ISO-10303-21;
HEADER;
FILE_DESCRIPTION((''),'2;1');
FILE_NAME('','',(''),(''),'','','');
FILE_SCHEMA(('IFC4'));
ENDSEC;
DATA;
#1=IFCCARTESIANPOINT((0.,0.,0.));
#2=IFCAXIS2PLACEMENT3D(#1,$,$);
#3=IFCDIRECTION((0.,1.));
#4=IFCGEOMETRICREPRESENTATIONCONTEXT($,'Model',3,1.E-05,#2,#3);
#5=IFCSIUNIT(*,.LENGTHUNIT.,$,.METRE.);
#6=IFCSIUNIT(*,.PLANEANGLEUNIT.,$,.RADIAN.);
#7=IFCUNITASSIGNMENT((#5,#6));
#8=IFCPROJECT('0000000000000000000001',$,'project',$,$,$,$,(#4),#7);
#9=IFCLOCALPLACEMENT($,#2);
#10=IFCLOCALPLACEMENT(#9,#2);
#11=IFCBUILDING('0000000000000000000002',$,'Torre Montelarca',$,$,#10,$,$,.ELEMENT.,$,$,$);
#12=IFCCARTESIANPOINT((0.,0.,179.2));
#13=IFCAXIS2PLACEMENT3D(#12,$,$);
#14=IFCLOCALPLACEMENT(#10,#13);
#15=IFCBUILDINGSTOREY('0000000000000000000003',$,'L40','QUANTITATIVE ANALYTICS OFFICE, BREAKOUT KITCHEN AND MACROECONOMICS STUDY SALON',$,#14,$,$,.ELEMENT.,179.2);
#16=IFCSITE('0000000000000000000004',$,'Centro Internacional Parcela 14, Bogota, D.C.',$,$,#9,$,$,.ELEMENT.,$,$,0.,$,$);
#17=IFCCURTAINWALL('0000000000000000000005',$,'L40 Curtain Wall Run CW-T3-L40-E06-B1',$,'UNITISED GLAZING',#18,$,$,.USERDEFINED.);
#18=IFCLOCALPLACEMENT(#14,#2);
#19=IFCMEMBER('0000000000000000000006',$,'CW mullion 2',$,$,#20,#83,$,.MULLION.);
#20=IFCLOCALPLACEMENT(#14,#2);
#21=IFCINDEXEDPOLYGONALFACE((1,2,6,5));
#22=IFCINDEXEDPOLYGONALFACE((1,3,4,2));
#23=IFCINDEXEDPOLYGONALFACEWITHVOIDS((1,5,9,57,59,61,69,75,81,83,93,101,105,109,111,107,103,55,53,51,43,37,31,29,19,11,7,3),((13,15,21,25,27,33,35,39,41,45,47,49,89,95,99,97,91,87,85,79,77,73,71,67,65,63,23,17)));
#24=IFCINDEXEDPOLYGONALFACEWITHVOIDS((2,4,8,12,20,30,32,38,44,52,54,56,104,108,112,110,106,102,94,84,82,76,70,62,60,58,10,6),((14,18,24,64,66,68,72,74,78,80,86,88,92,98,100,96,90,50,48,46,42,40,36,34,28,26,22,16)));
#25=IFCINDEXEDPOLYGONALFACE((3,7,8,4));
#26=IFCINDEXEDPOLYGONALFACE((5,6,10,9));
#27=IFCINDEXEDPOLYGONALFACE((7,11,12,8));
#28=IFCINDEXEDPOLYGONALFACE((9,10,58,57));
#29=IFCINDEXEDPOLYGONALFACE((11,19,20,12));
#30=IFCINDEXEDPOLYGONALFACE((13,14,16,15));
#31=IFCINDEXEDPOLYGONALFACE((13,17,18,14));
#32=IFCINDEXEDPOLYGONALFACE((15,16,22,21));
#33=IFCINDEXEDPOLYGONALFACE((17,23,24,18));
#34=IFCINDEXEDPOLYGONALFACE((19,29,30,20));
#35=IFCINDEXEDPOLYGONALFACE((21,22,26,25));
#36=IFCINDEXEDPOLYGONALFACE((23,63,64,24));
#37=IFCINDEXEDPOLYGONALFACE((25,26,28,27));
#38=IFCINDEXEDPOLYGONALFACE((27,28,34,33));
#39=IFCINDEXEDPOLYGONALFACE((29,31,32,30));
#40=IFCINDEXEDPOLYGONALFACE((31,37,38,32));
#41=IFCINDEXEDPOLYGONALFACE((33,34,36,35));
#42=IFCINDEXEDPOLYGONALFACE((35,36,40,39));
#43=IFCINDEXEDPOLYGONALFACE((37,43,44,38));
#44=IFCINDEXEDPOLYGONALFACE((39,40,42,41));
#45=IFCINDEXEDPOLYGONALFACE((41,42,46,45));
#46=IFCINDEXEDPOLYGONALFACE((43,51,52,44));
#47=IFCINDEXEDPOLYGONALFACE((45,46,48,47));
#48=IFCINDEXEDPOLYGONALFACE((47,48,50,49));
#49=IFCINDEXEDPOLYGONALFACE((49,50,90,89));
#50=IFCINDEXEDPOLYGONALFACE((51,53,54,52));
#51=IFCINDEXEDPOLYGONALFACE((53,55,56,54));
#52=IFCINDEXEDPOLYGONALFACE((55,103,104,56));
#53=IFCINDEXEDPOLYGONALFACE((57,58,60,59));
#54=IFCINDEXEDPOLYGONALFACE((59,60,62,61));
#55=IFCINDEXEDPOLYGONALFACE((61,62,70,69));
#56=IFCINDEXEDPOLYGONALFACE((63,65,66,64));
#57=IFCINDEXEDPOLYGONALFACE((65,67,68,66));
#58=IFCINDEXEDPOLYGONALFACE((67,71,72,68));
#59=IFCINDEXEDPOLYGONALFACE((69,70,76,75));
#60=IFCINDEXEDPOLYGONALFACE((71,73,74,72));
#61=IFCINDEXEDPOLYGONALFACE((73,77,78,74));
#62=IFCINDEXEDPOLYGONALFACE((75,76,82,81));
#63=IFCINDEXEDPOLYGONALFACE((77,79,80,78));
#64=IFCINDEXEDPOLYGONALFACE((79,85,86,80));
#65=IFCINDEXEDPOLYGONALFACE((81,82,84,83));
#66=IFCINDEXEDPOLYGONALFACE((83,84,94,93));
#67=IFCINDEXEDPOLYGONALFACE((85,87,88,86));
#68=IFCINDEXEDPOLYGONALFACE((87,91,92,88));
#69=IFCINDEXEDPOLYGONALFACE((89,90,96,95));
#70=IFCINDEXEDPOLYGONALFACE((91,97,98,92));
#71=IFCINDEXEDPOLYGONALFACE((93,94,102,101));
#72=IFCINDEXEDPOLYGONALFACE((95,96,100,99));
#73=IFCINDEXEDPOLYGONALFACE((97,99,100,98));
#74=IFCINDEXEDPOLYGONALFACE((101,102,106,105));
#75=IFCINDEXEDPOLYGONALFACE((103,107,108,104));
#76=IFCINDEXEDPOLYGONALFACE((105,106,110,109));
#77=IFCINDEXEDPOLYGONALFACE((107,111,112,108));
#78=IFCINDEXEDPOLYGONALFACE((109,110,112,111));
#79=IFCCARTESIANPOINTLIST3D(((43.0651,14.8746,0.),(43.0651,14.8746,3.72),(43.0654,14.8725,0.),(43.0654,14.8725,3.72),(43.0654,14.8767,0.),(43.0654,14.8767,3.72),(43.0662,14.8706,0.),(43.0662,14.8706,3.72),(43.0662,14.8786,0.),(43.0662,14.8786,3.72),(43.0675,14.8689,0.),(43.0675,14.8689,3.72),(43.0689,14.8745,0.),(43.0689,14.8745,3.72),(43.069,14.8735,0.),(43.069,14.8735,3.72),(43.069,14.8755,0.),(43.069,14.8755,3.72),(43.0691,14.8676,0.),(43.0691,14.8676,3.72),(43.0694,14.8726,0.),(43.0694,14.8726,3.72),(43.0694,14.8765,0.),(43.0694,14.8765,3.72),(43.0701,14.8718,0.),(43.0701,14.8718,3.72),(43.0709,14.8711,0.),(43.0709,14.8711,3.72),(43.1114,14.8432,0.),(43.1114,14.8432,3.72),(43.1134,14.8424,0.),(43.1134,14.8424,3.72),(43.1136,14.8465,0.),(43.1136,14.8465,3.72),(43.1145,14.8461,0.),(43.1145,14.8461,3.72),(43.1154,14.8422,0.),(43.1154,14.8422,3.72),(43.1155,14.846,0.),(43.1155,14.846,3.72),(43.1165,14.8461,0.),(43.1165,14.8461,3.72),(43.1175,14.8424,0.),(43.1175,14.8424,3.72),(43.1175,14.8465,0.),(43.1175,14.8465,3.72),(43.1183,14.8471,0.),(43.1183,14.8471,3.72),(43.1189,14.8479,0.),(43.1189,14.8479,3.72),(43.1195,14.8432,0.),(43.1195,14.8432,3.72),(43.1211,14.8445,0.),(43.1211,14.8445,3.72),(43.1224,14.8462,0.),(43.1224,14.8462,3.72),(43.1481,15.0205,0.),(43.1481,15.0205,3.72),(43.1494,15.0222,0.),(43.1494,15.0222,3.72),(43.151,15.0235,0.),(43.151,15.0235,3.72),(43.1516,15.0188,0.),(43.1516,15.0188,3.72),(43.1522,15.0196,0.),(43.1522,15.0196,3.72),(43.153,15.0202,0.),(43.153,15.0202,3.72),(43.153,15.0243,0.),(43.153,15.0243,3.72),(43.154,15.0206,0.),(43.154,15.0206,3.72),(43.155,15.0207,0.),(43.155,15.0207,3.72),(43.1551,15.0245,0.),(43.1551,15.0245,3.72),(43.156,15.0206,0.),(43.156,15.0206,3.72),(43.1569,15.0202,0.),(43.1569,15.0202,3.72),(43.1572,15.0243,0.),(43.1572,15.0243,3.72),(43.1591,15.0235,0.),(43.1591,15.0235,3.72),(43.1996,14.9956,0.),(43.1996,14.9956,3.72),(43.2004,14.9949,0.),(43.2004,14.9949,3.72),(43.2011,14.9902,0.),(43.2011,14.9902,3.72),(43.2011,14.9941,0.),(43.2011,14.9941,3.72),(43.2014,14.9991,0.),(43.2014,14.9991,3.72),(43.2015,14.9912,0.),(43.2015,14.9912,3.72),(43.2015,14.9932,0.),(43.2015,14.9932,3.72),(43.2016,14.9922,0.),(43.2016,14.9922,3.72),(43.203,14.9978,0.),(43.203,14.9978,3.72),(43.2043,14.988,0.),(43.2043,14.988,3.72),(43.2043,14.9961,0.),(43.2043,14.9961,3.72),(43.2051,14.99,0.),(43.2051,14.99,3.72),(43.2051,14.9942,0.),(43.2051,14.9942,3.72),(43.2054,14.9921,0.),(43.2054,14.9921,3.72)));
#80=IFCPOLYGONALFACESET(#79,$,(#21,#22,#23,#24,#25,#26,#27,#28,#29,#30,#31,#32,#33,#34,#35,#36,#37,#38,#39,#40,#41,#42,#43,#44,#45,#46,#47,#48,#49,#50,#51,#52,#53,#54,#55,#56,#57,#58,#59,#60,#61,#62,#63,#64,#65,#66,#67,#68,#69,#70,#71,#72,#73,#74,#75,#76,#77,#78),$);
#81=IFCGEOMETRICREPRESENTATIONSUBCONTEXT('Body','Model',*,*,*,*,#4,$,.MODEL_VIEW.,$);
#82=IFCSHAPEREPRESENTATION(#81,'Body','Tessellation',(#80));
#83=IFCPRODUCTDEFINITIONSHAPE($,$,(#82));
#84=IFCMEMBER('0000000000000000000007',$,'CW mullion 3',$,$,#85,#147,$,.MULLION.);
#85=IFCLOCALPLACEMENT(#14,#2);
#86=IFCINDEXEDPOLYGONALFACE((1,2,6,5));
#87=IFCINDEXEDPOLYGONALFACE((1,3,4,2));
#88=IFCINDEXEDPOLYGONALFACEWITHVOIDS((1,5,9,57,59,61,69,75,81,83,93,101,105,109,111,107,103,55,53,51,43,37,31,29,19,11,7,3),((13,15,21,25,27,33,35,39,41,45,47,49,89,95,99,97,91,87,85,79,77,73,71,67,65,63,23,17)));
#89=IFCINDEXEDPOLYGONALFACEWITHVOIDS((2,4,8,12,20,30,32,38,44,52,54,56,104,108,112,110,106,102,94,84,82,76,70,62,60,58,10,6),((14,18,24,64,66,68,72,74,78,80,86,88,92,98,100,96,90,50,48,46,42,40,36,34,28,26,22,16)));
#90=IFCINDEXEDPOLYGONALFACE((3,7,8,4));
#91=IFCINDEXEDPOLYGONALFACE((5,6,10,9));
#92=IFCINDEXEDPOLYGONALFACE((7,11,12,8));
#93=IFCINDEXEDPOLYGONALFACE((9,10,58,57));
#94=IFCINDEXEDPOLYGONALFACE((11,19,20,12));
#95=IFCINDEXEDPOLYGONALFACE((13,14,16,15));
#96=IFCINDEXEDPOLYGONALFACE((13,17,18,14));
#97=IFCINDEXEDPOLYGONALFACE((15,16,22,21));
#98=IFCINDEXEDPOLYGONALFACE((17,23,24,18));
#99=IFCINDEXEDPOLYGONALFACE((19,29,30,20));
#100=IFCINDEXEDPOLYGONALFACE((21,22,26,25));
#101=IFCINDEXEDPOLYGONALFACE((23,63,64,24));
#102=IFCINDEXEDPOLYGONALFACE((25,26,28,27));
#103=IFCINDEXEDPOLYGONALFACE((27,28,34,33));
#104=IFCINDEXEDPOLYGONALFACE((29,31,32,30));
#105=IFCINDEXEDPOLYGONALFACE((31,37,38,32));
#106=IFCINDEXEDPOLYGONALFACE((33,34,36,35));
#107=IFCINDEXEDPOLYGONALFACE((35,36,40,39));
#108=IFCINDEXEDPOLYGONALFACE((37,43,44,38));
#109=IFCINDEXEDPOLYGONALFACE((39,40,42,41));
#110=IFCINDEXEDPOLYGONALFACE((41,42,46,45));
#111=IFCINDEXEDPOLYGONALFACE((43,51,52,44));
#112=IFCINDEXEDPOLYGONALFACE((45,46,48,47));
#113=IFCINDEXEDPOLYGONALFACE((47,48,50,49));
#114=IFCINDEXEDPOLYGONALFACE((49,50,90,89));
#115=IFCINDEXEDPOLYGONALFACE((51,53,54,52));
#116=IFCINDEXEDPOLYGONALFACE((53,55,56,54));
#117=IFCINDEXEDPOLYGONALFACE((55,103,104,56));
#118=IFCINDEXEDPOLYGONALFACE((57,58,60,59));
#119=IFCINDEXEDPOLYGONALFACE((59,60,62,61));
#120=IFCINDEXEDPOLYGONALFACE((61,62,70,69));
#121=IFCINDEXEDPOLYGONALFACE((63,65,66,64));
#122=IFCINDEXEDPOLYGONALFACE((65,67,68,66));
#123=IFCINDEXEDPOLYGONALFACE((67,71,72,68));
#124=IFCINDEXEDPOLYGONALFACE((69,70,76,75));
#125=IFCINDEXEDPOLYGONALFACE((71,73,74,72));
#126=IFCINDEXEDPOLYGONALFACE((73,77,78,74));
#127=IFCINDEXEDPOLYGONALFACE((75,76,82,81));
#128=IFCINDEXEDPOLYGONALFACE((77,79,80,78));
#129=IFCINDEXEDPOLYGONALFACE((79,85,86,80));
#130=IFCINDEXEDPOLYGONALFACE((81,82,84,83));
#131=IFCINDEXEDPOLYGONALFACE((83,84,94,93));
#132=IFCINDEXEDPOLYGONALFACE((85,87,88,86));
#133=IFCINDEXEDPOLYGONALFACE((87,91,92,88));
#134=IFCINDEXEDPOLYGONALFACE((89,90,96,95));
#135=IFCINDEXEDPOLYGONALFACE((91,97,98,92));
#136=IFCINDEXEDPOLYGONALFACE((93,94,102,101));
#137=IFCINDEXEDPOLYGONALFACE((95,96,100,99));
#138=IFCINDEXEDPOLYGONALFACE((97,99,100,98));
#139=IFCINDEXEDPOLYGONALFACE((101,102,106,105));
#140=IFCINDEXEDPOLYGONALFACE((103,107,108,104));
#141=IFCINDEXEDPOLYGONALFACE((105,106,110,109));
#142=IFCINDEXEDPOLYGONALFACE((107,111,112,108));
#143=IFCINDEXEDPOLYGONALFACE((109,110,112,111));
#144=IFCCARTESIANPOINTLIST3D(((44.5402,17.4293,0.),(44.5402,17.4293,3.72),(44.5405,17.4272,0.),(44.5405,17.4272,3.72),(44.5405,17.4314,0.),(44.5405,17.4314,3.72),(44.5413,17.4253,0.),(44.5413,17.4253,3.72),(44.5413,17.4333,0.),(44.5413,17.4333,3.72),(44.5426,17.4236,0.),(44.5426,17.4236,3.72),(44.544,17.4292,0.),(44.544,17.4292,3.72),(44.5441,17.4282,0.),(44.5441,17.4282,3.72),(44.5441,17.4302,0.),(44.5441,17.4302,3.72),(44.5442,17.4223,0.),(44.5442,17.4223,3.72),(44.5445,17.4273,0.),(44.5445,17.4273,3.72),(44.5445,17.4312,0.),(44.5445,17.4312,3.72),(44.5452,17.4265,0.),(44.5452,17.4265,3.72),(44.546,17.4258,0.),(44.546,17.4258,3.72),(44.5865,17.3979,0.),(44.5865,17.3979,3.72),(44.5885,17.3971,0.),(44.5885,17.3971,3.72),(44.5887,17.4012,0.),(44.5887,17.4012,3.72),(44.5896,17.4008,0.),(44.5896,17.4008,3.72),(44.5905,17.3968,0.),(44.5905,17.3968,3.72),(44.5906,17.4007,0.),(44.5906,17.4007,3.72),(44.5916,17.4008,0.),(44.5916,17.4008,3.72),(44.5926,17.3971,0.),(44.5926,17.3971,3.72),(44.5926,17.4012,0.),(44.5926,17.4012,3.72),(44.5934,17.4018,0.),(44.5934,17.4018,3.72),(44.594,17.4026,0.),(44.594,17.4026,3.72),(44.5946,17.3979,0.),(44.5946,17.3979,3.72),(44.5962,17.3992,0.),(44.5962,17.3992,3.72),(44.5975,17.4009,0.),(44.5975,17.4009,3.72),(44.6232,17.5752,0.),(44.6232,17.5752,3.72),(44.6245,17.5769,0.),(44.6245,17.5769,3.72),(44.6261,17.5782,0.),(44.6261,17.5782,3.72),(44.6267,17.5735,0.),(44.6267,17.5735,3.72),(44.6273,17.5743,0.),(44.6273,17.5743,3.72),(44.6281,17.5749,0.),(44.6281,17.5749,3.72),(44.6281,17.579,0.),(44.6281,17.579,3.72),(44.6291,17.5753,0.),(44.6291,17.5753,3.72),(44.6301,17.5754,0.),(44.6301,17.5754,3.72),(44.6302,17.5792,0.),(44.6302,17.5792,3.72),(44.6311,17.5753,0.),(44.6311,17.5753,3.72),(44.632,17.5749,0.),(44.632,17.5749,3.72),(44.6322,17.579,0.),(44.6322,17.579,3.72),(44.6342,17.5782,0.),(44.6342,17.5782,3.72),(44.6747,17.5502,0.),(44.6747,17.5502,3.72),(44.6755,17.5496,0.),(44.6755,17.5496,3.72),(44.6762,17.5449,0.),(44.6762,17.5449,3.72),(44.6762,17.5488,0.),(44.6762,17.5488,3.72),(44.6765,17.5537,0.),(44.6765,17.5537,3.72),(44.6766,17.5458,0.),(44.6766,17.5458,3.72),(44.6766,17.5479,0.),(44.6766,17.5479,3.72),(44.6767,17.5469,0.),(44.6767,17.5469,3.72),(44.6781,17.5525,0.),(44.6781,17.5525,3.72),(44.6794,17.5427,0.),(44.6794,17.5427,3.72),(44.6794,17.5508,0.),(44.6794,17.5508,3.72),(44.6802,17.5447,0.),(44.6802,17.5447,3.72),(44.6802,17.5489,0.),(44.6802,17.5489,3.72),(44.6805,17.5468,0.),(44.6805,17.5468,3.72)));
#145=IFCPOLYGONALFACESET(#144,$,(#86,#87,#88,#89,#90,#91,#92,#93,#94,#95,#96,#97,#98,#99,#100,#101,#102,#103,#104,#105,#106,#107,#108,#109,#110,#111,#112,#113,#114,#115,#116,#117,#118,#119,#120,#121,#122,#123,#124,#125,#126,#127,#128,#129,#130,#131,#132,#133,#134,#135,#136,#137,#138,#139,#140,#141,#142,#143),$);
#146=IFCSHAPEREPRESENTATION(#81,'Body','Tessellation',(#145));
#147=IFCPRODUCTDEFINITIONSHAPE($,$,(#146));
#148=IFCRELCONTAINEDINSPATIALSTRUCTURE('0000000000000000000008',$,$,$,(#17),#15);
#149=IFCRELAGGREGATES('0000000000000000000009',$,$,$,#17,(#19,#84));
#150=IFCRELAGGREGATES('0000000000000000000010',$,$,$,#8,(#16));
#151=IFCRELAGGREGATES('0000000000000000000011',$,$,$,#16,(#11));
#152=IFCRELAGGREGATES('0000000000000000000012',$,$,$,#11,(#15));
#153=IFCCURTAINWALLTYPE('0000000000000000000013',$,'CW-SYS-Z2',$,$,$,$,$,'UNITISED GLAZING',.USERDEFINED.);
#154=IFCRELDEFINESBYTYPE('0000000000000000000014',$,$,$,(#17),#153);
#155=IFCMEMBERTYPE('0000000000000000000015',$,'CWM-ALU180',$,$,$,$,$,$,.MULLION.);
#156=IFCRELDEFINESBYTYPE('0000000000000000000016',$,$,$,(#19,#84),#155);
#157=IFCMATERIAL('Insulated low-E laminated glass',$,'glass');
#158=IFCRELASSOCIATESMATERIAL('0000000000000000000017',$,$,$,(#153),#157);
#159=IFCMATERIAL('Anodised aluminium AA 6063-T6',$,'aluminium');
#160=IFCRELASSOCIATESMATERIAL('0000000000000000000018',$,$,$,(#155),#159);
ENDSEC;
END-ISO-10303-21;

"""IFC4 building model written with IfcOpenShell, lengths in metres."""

from ifc_helpers import new_model, si_unit, direction, frame, origin, origin_2d, place, context, subcontext, project, spatial, hollow_rectangle, extrude, source, transform, mapped, material, material_profile, profile_set, type_object, element, aggregate, save


model = new_model("IFC4")

# Units and contexts
model_context = context("Model", 3, precision=1e-05, world=origin(), true_north=direction((0.0, 1.0)))
body_context = subcontext(model_context, "Body", "Model", "MODEL_VIEW")
ifc_project = project(units=[si_unit("LENGTHUNIT", "METRE"), si_unit("PLANEANGLEUNIT", "RADIAN")], contexts=[model_context])

# Site, building, storey
site_placement = place(None, origin())
site = spatial("IfcSite", under=ifc_project, at=site_placement, Name="Centro Internacional Parcela 14, Bogota, D.C.", CompositionType="ELEMENT", RefElevation=0.0)
building_placement = place(site_placement, origin())
building = spatial("IfcBuilding", under=site, at=building_placement, Name="Torre Montelarca", CompositionType="ELEMENT")
storey_placement = place(building_placement, frame((0.0, 0.0, 179.2)))
storey = spatial("IfcBuildingStorey", under=building, at=storey_placement, Name="L40", Description="QUANTITATIVE ANALYTICS OFFICE, BREAKOUT KITCHEN AND MACROECONOMICS STUDY SALON", CompositionType="ELEMENT", Elevation=179.2)

# Curtain wall, members
ifc_material_1 = material(Name="Insulated low-E laminated glass", Category="glass")
curtain_wall_type = type_object("IfcCurtainWallType", Name="CW-SYS-Z2", ElementType="UNITISED GLAZING", PredefinedType="USERDEFINED", material=ifc_material_1)
ifc_material_2 = material(Name="Anodised aluminium AA 6063-T6", Category="aluminium")
ifc_material_profile_1 = material_profile(ifc_material_2, hollow_rectangle(XDim=0.0649, YDim=0.1799, WallThickness=0.0039, InnerFilletRadius=0.0039, OuterFilletRadius=0.0081, at=origin_2d()), Name="ALU65X180X4", Category="aluminium")
ifc_profile_set_1 = profile_set([ifc_material_profile_1], Name="Anodised aluminium AA 6063-T6")
member_type_1 = type_object("IfcMemberType", Name="CWM-ALU180", PredefinedType="MULLION", material=ifc_profile_set_1)
shared_shape_1 = source(origin(), body_context, "Body", "SweptSolid", [
    extrude(hollow_rectangle(XDim=0.0649, YDim=0.1799, WallThickness=0.0039, InnerFilletRadius=0.0039, OuterFilletRadius=0.0081, at=origin_2d()), origin(), (0.0, 0.0, 1.0), 3.72),
])
curtain_wall_1_placement = place(storey_placement, origin())
curtain_wall_1 = element("IfcCurtainWall", 1, at=curtain_wall_1_placement, inside=storey, type_object=curtain_wall_type, Name="L40 Curtain Wall Run CW-T3-L40-E06-B1", ObjectType="UNITISED GLAZING", PredefinedType="USERDEFINED")
member_1_placement = place(storey_placement, frame((43.1353, 14.9333, 0.0), z_axis=(0.0, 0.0, 1.0), x_axis=(-0.866024, 0.500003, 0.0)))
member_1 = element("IfcMember", 2, at=member_1_placement, type_object=member_type_1, Name="CW mullion 2", PredefinedType="MULLION", context=body_context, shape_type="MappedRepresentation", body=[
    mapped(shared_shape_1, transform((0.0, 0.0, 0.0), scale=1.0)),
])
member_2_placement = place(storey_placement, frame((44.6104, 17.488, 0.0), z_axis=(0.0, 0.0, 1.0), x_axis=(-0.866024, 0.500003, 0.0)))
member_2 = element("IfcMember", 3, at=member_2_placement, type_object=member_type_1, Name="CW mullion 3", PredefinedType="MULLION", context=body_context, shape_type="MappedRepresentation", body=[
    mapped(shared_shape_1, transform((0.0, 0.0, 0.0), scale=1.0)),
])

aggregate(curtain_wall_1, [member_1, member_2])

save(model, "model.ifc")
